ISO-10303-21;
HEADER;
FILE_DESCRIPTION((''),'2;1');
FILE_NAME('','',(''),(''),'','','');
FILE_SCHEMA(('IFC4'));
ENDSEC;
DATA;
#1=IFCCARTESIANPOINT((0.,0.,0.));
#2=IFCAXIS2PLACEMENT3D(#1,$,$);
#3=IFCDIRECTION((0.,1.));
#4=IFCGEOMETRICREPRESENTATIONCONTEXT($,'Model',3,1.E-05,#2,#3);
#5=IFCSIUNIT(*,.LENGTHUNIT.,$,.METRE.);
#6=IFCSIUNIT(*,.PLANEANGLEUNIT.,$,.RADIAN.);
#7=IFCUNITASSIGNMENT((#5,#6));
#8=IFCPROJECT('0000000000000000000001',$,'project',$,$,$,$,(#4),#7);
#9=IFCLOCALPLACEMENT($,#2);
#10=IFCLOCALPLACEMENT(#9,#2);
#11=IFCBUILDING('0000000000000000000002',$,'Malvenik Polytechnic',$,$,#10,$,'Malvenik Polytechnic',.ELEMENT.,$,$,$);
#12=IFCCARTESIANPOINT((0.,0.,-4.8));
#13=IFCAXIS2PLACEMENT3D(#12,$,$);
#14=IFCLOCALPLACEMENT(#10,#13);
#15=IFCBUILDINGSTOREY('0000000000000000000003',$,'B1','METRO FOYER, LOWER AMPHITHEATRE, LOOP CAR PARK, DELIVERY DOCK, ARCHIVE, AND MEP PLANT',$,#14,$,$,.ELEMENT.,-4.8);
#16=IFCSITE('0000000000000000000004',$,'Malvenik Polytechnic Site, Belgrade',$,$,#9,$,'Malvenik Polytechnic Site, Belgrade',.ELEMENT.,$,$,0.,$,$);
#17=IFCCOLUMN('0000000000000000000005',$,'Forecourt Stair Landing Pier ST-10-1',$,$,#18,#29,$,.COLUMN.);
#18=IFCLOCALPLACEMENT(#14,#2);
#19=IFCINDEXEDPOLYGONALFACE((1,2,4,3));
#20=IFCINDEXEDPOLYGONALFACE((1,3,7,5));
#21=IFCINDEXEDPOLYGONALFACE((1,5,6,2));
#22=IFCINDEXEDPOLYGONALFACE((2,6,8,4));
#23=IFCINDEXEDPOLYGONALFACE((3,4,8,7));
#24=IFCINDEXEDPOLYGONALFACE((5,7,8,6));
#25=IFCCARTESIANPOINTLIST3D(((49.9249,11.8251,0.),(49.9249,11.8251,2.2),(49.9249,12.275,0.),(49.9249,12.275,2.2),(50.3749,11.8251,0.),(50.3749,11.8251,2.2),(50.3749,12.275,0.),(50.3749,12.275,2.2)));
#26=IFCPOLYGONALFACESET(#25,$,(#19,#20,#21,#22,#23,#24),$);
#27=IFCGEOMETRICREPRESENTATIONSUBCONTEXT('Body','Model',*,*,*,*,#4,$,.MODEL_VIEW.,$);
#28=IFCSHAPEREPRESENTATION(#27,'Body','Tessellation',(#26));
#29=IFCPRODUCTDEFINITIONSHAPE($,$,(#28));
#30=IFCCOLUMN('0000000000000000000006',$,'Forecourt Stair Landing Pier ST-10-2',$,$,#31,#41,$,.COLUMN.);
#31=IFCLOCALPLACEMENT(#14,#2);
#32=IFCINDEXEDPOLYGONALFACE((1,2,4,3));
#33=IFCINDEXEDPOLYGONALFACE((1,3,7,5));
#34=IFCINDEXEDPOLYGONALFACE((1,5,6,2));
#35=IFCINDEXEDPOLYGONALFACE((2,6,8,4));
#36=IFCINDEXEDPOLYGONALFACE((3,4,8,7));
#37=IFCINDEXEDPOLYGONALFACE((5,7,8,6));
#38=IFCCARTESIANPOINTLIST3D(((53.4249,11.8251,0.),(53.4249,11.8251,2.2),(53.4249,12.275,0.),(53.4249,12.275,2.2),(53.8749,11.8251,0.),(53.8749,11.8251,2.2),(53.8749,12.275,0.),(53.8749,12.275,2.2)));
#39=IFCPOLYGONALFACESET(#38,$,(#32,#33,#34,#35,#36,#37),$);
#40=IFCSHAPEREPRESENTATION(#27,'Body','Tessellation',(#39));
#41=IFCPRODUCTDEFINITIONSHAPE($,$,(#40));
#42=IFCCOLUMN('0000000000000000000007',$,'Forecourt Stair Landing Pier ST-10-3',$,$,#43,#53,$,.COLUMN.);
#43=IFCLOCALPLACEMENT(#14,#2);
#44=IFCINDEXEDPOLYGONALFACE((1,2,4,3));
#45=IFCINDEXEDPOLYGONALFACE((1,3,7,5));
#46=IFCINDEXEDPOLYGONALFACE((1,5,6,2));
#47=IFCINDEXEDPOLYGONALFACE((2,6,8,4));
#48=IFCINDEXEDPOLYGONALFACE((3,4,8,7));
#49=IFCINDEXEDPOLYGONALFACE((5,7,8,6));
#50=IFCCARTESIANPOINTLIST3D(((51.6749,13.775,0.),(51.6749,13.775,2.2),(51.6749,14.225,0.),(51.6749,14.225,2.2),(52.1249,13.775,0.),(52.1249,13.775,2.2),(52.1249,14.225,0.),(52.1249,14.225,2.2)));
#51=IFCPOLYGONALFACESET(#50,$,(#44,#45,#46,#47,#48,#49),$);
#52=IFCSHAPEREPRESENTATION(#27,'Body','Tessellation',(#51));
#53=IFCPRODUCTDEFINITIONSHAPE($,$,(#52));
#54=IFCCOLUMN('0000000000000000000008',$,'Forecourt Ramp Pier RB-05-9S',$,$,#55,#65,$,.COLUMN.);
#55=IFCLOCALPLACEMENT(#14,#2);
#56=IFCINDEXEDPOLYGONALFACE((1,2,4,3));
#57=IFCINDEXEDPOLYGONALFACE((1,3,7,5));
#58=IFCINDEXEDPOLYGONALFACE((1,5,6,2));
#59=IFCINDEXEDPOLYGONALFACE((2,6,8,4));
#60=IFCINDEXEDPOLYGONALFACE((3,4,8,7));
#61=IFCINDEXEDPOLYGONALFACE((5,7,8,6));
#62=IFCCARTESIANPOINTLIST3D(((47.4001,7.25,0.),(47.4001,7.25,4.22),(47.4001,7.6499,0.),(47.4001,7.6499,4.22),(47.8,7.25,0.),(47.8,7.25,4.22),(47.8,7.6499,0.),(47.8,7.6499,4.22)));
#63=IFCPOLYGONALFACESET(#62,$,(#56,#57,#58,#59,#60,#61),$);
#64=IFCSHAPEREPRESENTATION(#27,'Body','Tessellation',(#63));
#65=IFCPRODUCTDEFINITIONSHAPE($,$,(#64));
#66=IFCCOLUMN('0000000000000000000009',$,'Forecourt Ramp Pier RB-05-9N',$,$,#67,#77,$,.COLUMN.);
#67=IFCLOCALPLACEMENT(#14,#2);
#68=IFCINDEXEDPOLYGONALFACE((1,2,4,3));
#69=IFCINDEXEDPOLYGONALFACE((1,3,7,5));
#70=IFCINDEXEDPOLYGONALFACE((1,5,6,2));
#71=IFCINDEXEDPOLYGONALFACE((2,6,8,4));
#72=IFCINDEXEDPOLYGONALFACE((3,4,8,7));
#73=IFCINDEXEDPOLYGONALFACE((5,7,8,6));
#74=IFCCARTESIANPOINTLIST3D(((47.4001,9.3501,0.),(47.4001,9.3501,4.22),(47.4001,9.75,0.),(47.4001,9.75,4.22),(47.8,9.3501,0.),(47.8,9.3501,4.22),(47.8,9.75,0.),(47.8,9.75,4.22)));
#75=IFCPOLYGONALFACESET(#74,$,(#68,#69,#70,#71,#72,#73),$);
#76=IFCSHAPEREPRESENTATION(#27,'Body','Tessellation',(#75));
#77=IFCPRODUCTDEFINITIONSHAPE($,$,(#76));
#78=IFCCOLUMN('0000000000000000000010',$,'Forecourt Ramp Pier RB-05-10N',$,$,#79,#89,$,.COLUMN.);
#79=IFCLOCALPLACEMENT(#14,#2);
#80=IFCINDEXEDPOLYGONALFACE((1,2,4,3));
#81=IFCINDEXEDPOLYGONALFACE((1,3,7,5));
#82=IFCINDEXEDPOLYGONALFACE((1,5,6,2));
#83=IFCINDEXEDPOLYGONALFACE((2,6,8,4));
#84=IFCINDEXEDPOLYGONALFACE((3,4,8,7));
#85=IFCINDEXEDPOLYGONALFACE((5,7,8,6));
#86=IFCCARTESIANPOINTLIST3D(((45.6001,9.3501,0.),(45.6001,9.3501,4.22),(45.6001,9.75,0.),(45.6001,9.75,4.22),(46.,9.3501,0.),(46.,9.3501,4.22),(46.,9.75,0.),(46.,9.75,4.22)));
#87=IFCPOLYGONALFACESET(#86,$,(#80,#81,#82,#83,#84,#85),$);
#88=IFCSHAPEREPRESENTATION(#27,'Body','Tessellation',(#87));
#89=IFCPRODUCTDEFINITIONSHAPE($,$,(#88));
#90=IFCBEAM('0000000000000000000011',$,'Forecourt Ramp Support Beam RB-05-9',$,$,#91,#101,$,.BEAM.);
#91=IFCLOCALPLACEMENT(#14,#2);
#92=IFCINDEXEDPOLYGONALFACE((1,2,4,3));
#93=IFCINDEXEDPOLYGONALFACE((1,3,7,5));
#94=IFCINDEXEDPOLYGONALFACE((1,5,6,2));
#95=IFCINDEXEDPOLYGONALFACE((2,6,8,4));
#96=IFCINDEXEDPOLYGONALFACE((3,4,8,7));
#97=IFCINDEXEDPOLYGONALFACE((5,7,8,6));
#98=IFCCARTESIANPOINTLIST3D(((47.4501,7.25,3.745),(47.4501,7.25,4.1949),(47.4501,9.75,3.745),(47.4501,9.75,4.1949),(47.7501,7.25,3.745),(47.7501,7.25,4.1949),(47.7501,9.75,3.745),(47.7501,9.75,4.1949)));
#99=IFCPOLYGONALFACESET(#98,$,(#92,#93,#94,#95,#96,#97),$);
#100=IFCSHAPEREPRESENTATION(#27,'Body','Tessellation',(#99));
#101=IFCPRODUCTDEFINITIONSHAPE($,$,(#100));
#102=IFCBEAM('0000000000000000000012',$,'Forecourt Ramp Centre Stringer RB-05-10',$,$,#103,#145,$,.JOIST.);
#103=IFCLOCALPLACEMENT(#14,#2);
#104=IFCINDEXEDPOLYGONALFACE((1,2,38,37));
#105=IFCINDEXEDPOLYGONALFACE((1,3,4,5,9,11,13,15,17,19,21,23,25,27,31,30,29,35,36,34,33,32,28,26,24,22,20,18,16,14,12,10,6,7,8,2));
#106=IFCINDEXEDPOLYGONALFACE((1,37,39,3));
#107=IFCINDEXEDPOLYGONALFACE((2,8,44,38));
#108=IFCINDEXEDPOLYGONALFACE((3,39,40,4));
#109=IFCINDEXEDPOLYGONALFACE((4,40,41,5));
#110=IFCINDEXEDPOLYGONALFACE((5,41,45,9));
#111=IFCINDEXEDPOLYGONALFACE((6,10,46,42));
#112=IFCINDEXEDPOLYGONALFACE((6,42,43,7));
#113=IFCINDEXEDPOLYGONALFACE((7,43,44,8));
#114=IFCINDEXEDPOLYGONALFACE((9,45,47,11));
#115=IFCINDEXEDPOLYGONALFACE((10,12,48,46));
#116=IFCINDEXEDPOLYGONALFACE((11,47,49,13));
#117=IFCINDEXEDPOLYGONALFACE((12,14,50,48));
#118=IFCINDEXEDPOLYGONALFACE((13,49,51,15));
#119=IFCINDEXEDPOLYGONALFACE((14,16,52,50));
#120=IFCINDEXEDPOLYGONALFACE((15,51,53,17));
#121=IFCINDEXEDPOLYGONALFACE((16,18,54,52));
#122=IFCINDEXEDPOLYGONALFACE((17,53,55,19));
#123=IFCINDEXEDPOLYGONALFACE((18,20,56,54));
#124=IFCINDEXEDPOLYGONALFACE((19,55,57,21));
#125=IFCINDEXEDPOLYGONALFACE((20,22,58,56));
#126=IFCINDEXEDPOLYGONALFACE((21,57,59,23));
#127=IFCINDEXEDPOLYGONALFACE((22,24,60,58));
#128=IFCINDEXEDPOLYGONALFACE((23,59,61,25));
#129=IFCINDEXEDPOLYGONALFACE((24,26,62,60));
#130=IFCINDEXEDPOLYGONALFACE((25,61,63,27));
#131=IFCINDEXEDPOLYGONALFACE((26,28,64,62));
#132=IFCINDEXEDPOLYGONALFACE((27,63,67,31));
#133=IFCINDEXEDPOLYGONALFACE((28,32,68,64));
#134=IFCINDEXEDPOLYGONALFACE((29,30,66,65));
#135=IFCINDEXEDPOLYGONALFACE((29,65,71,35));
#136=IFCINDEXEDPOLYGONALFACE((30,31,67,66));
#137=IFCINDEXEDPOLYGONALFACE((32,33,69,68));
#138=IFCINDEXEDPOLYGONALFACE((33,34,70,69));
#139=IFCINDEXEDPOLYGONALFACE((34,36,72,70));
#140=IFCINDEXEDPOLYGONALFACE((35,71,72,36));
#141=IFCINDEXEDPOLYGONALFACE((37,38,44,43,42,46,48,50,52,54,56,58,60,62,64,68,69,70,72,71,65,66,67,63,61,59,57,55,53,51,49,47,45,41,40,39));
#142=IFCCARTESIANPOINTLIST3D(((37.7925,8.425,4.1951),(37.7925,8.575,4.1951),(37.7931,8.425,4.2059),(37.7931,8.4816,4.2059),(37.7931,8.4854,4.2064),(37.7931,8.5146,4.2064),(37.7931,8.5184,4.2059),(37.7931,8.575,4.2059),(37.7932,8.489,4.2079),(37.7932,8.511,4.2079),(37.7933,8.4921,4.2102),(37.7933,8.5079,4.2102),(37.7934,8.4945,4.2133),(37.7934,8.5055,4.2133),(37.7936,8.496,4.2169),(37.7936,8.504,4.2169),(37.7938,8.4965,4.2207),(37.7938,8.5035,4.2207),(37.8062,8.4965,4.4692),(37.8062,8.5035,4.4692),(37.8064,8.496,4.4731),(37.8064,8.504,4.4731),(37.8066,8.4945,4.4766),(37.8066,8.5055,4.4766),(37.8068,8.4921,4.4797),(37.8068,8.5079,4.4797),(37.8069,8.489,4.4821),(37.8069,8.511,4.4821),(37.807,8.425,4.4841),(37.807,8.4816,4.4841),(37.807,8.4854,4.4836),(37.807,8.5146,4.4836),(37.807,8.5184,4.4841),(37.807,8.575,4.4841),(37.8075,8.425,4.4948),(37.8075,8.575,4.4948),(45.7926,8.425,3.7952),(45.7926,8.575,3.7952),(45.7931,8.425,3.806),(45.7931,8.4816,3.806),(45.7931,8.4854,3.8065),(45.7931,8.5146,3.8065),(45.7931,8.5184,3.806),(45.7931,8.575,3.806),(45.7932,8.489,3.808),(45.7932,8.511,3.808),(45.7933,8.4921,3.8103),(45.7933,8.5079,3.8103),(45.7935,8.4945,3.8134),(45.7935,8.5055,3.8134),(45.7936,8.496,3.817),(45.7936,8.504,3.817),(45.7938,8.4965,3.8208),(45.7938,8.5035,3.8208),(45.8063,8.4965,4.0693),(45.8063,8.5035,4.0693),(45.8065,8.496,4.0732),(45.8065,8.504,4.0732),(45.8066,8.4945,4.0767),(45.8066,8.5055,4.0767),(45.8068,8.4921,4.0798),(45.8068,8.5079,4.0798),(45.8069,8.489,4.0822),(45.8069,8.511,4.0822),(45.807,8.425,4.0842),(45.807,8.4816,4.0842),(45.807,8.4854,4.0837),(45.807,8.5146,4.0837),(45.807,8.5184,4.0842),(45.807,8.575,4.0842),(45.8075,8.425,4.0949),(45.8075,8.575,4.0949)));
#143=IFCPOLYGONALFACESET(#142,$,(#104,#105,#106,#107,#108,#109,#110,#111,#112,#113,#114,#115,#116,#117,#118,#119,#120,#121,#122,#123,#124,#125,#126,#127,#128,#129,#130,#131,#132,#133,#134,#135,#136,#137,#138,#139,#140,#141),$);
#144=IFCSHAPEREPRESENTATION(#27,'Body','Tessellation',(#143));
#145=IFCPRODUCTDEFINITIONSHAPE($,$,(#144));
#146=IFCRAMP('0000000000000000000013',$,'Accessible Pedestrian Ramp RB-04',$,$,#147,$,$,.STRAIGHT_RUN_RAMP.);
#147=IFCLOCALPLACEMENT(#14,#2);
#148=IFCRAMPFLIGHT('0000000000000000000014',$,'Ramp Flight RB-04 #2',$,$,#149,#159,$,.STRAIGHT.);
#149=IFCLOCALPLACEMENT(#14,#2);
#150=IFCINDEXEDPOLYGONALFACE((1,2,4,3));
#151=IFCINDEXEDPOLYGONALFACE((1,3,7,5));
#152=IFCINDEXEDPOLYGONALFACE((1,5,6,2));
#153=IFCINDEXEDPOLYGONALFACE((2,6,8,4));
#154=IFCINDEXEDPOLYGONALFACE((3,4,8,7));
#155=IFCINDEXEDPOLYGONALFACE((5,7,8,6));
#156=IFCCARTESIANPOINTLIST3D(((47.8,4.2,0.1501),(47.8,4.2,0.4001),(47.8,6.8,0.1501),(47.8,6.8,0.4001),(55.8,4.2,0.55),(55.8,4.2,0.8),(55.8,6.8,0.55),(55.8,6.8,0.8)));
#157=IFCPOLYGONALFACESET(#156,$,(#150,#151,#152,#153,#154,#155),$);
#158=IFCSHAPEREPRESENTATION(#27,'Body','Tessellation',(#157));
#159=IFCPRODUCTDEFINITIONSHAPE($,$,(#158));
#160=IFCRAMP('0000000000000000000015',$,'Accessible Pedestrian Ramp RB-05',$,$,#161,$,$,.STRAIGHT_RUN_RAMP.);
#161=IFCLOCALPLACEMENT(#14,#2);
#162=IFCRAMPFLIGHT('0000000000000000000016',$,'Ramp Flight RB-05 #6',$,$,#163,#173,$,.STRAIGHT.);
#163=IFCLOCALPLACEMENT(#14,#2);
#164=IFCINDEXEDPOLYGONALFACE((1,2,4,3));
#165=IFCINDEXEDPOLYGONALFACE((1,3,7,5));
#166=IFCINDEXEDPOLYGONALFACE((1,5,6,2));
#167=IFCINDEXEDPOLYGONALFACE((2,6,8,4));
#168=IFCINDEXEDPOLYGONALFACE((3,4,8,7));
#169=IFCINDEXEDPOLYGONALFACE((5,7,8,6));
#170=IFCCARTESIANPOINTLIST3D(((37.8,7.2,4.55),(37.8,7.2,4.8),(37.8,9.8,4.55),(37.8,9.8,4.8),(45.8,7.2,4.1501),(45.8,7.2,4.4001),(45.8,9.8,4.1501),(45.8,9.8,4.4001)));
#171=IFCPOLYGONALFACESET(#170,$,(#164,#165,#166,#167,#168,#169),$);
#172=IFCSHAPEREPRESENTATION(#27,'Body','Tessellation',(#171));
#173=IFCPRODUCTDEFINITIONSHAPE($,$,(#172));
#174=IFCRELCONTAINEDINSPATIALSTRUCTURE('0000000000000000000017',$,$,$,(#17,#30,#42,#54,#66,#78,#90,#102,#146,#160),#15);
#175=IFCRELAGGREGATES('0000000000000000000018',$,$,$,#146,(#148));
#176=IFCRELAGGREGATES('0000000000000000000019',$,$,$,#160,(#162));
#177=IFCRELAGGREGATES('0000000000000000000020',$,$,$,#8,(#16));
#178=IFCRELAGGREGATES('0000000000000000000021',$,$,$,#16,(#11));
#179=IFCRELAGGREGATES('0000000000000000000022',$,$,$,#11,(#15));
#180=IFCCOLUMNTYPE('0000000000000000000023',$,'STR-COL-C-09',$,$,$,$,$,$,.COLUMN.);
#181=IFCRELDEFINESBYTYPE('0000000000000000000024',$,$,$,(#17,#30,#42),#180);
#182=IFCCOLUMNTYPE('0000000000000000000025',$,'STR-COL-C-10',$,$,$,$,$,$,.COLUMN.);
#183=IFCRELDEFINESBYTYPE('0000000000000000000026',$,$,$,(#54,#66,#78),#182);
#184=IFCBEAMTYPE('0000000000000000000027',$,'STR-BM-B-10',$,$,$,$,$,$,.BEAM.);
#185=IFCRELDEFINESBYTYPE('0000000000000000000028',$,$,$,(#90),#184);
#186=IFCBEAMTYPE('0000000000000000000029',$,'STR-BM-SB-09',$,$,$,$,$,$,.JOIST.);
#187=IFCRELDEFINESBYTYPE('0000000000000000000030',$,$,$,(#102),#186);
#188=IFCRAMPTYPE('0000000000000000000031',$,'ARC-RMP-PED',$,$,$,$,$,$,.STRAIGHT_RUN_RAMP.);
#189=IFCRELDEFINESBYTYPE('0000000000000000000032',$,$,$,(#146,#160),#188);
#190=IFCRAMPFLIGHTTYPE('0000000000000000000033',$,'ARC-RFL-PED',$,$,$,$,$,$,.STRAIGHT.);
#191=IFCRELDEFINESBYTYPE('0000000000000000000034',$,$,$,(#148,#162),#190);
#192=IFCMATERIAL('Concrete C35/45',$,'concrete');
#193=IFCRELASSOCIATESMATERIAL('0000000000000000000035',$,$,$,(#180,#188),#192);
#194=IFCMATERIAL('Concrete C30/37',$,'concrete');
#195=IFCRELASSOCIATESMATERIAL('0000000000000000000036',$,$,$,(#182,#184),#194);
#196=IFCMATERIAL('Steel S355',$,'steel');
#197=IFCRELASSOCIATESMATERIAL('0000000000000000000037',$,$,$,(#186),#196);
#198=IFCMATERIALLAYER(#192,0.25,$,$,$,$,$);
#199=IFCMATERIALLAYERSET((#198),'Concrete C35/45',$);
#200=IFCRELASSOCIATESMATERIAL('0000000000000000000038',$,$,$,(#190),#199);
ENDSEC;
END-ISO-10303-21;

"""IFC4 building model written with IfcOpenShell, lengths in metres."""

from ifc_helpers import new_model, si_unit, direction, frame, origin, origin_2d, place, context, subcontext, project, spatial, polyline, rectangle, i_section, outline, extrude, material, layer, layer_set, material_profile, profile_set, type_object, element, aggregate, save


model = new_model("IFC4")

# Units and contexts
model_context = context("Model", 3, precision=1e-05, world=origin(), true_north=direction((0.0, 1.0)))
body_context = subcontext(model_context, "Body", "Model", "MODEL_VIEW")
ifc_project = project(units=[si_unit("LENGTHUNIT", "METRE"), si_unit("PLANEANGLEUNIT", "RADIAN")], contexts=[model_context])

# Site, building, storey
site_placement = place(None, origin())
site = spatial("IfcSite", under=ifc_project, at=site_placement, Name="Malvenik Polytechnic Site, Belgrade", LongName="Malvenik Polytechnic Site, Belgrade", CompositionType="ELEMENT", RefElevation=0.0)
building_placement = place(site_placement, origin())
building = spatial("IfcBuilding", under=site, at=building_placement, Name="Malvenik Polytechnic", LongName="Malvenik Polytechnic", CompositionType="ELEMENT")
storey_placement = place(building_placement, frame((0.0, 0.0, -4.8)))
storey = spatial("IfcBuildingStorey", under=building, at=storey_placement, Name="B1", Description="METRO FOYER, LOWER AMPHITHEATRE, LOOP CAR PARK, DELIVERY DOCK, ARCHIVE, AND MEP PLANT", CompositionType="ELEMENT", Elevation=-4.8)

# Columns
ifc_material_1 = material(Name="Concrete C35/45", Category="concrete")
ifc_material_profile_1 = material_profile(ifc_material_1, rectangle(XDim=0.45, YDim=0.45, at=origin_2d()), Name="RC COL 450x450")
ifc_profile_set_1 = profile_set([ifc_material_profile_1], Name="Concrete C35/45")
column_type_1 = type_object("IfcColumnType", Name="STR-COL-C-09", PredefinedType="COLUMN", material=ifc_profile_set_1)
for number, where, z_axis, x_axis, name in (
    (1, (50.1499, 12.05, 0.0), (0.0, 0.0, 1.0), (1.0, 0.0, 0.0), "Forecourt Stair Landing Pier ST-10-1"),
    (2, (53.6499, 12.05, 0.0), (0.0, 0.0, 1.0), (1.0, 0.0, 0.0), "Forecourt Stair Landing Pier ST-10-2"),
    (3, (51.8999, 14.0, 0.0), (0.0, 0.0, 1.0), (1.0, 0.0, 0.0), "Forecourt Stair Landing Pier ST-10-3"),
):
    element("IfcColumn", number, at=place(storey_placement, frame(where, z_axis=z_axis, x_axis=x_axis)), inside=storey, type_object=column_type_1, Name=name, PredefinedType="COLUMN", context=body_context, shape_type="SweptSolid", body=[
        extrude(rectangle(XDim=0.45, YDim=0.45, at=origin_2d()), origin(), (0.0, 0.0, 1.0), 2.2),
    ])
ifc_material_2 = material(Name="Concrete C30/37", Category="concrete")
ifc_material_profile_2 = material_profile(ifc_material_2, rectangle(XDim=0.3999, YDim=0.3999, at=origin_2d()), Name="RC COL 400x400")
ifc_profile_set_2 = profile_set([ifc_material_profile_2], Name="Concrete C30/37")
column_type_2 = type_object("IfcColumnType", Name="STR-COL-C-10", PredefinedType="COLUMN", material=ifc_profile_set_2)
for number, where, z_axis, x_axis, name in (
    (4, (47.6001, 7.45, 0.0), (0.0, 0.0, 1.0), (1.0, 0.0, 0.0), "Forecourt Ramp Pier RB-05-9S"),
    (5, (47.6001, 9.55, 0.0), (0.0, 0.0, 1.0), (1.0, 0.0, 0.0), "Forecourt Ramp Pier RB-05-9N"),
    (6, (45.8, 9.55, 0.0), (0.0, 0.0, 1.0), (1.0, 0.0, 0.0), "Forecourt Ramp Pier RB-05-10N"),
):
    element("IfcColumn", number, at=place(storey_placement, frame(where, z_axis=z_axis, x_axis=x_axis)), inside=storey, type_object=column_type_2, Name=name, PredefinedType="COLUMN", context=body_context, shape_type="SweptSolid", body=[
        extrude(rectangle(XDim=0.3999, YDim=0.3999, at=origin_2d()), origin(), (0.0, 0.0, 1.0), 4.22),
    ])

# Beams
ifc_material_profile_3 = material_profile(ifc_material_2, rectangle(XDim=0.3, YDim=0.45, at=origin_2d()), Name="RC BM 300x450")
ifc_profile_set_3 = profile_set([ifc_material_profile_3], Name="Concrete C30/37")
beam_type_1 = type_object("IfcBeamType", Name="STR-BM-B-10", PredefinedType="BEAM", material=ifc_profile_set_3)
beam_1_placement = place(storey_placement, frame((47.6001, 7.25, 3.97), z_axis=(0.0, 1.0, 0.0), x_axis=(-1.0, 0.0, 0.0)))
element("IfcBeam", 7, at=beam_1_placement, inside=storey, type_object=beam_type_1, Name="Forecourt Ramp Support Beam RB-05-9", PredefinedType="BEAM", context=body_context, shape_type="SweptSolid", body=[
    extrude(rectangle(XDim=0.3, YDim=0.45, at=origin_2d()), origin(), (0.0, 0.0, 1.0), 2.5),
])
ifc_material_3 = material(Name="Steel S355", Category="steel")
ifc_material_profile_4 = material_profile(ifc_material_3, i_section(OverallWidth=0.1499, OverallDepth=0.3, WebThickness=0.0071, FlangeThickness=0.0107, FilletRadius=0.0149, at=origin_2d()), Name="IPE 300")
ifc_profile_set_4 = profile_set([ifc_material_profile_4], Name="Steel S355")
beam_type_2 = type_object("IfcBeamType", Name="STR-BM-SB-09", PredefinedType="JOIST", material=ifc_profile_set_4)
beam_2_placement = place(storey_placement, frame((45.8, 8.5, 3.9451), z_axis=(-0.998753, 0.0, 0.049925), x_axis=(0.0, -1.0, 0.0)))
element("IfcBeam", 8, at=beam_2_placement, inside=storey, type_object=beam_type_2, Name="Forecourt Ramp Centre Stringer RB-05-10", PredefinedType="JOIST", context=body_context, shape_type="SweptSolid", body=[
    extrude(i_section(OverallWidth=0.1499, OverallDepth=0.3, WebThickness=0.0071, FlangeThickness=0.0107, FilletRadius=0.0149, at=origin_2d()), origin(), (0.0, 0.0, 1.0), 8.01),
])

# Ramps, ramp flights
ramp_type = type_object("IfcRampType", Name="ARC-RMP-PED", PredefinedType="STRAIGHT_RUN_RAMP", material=ifc_material_1)
ramp_1_placement = place(storey_placement, origin())
ramp_1 = element("IfcRamp", 9, at=ramp_1_placement, inside=storey, type_object=ramp_type, Name="Accessible Pedestrian Ramp RB-04", PredefinedType="STRAIGHT_RUN_RAMP")
ifc_layer_1 = layer(ifc_material_1, 0.25)
ifc_layer_set_1 = layer_set([ifc_layer_1], Name="Concrete C35/45")
ramp_flight_type = type_object("IfcRampFlightType", Name="ARC-RFL-PED", PredefinedType="STRAIGHT", material=ifc_layer_set_1)
ramp_flight_1_placement = place(storey_placement, frame((47.8, 5.5, 0.4001), z_axis=(0.0, 0.0, 1.0), x_axis=(1.0, 0.0, 0.0)))
ramp_flight_1 = element("IfcRampFlight", 10, at=ramp_flight_1_placement, type_object=ramp_flight_type, Name="Ramp Flight RB-04 #2", PredefinedType="STRAIGHT", context=body_context, shape_type="SweptSolid", body=[
    extrude(outline(polyline([(0.0, -0.25), (8.0, 0.1499), (8.0, 0.3999), (0.0, 0.0), (0.0, -0.25)])), frame((0.0, 1.3, 0.0), z_axis=(0.0, -1.0, 0.0), x_axis=(1.0, 0.0, 0.0)), (0.0, 0.0, 1.0), 2.6001),
])
aggregate(ramp_1, [ramp_flight_1])
ramp_2_placement = place(storey_placement, origin())
ramp_2 = element("IfcRamp", 11, at=ramp_2_placement, inside=storey, type_object=ramp_type, Name="Accessible Pedestrian Ramp RB-05", PredefinedType="STRAIGHT_RUN_RAMP")
ramp_flight_2_placement = place(storey_placement, frame((45.8, 8.5, 4.4001), z_axis=(0.0, 0.0, 1.0), x_axis=(-1.0, 0.0, 0.0)))
ramp_flight_2 = element("IfcRampFlight", 12, at=ramp_flight_2_placement, type_object=ramp_flight_type, Name="Ramp Flight RB-05 #6", PredefinedType="STRAIGHT", context=body_context, shape_type="SweptSolid", body=[
    extrude(outline(polyline([(0.0, -0.25), (8.0, 0.1499), (8.0, 0.3999), (0.0, 0.0), (0.0, -0.25)])), frame((0.0, 1.3, 0.0), z_axis=(0.0, -1.0, 0.0), x_axis=(1.0, 0.0, 0.0)), (0.0, 0.0, 1.0), 2.6001),
])
aggregate(ramp_2, [ramp_flight_2])

save(model, "model.ifc")
